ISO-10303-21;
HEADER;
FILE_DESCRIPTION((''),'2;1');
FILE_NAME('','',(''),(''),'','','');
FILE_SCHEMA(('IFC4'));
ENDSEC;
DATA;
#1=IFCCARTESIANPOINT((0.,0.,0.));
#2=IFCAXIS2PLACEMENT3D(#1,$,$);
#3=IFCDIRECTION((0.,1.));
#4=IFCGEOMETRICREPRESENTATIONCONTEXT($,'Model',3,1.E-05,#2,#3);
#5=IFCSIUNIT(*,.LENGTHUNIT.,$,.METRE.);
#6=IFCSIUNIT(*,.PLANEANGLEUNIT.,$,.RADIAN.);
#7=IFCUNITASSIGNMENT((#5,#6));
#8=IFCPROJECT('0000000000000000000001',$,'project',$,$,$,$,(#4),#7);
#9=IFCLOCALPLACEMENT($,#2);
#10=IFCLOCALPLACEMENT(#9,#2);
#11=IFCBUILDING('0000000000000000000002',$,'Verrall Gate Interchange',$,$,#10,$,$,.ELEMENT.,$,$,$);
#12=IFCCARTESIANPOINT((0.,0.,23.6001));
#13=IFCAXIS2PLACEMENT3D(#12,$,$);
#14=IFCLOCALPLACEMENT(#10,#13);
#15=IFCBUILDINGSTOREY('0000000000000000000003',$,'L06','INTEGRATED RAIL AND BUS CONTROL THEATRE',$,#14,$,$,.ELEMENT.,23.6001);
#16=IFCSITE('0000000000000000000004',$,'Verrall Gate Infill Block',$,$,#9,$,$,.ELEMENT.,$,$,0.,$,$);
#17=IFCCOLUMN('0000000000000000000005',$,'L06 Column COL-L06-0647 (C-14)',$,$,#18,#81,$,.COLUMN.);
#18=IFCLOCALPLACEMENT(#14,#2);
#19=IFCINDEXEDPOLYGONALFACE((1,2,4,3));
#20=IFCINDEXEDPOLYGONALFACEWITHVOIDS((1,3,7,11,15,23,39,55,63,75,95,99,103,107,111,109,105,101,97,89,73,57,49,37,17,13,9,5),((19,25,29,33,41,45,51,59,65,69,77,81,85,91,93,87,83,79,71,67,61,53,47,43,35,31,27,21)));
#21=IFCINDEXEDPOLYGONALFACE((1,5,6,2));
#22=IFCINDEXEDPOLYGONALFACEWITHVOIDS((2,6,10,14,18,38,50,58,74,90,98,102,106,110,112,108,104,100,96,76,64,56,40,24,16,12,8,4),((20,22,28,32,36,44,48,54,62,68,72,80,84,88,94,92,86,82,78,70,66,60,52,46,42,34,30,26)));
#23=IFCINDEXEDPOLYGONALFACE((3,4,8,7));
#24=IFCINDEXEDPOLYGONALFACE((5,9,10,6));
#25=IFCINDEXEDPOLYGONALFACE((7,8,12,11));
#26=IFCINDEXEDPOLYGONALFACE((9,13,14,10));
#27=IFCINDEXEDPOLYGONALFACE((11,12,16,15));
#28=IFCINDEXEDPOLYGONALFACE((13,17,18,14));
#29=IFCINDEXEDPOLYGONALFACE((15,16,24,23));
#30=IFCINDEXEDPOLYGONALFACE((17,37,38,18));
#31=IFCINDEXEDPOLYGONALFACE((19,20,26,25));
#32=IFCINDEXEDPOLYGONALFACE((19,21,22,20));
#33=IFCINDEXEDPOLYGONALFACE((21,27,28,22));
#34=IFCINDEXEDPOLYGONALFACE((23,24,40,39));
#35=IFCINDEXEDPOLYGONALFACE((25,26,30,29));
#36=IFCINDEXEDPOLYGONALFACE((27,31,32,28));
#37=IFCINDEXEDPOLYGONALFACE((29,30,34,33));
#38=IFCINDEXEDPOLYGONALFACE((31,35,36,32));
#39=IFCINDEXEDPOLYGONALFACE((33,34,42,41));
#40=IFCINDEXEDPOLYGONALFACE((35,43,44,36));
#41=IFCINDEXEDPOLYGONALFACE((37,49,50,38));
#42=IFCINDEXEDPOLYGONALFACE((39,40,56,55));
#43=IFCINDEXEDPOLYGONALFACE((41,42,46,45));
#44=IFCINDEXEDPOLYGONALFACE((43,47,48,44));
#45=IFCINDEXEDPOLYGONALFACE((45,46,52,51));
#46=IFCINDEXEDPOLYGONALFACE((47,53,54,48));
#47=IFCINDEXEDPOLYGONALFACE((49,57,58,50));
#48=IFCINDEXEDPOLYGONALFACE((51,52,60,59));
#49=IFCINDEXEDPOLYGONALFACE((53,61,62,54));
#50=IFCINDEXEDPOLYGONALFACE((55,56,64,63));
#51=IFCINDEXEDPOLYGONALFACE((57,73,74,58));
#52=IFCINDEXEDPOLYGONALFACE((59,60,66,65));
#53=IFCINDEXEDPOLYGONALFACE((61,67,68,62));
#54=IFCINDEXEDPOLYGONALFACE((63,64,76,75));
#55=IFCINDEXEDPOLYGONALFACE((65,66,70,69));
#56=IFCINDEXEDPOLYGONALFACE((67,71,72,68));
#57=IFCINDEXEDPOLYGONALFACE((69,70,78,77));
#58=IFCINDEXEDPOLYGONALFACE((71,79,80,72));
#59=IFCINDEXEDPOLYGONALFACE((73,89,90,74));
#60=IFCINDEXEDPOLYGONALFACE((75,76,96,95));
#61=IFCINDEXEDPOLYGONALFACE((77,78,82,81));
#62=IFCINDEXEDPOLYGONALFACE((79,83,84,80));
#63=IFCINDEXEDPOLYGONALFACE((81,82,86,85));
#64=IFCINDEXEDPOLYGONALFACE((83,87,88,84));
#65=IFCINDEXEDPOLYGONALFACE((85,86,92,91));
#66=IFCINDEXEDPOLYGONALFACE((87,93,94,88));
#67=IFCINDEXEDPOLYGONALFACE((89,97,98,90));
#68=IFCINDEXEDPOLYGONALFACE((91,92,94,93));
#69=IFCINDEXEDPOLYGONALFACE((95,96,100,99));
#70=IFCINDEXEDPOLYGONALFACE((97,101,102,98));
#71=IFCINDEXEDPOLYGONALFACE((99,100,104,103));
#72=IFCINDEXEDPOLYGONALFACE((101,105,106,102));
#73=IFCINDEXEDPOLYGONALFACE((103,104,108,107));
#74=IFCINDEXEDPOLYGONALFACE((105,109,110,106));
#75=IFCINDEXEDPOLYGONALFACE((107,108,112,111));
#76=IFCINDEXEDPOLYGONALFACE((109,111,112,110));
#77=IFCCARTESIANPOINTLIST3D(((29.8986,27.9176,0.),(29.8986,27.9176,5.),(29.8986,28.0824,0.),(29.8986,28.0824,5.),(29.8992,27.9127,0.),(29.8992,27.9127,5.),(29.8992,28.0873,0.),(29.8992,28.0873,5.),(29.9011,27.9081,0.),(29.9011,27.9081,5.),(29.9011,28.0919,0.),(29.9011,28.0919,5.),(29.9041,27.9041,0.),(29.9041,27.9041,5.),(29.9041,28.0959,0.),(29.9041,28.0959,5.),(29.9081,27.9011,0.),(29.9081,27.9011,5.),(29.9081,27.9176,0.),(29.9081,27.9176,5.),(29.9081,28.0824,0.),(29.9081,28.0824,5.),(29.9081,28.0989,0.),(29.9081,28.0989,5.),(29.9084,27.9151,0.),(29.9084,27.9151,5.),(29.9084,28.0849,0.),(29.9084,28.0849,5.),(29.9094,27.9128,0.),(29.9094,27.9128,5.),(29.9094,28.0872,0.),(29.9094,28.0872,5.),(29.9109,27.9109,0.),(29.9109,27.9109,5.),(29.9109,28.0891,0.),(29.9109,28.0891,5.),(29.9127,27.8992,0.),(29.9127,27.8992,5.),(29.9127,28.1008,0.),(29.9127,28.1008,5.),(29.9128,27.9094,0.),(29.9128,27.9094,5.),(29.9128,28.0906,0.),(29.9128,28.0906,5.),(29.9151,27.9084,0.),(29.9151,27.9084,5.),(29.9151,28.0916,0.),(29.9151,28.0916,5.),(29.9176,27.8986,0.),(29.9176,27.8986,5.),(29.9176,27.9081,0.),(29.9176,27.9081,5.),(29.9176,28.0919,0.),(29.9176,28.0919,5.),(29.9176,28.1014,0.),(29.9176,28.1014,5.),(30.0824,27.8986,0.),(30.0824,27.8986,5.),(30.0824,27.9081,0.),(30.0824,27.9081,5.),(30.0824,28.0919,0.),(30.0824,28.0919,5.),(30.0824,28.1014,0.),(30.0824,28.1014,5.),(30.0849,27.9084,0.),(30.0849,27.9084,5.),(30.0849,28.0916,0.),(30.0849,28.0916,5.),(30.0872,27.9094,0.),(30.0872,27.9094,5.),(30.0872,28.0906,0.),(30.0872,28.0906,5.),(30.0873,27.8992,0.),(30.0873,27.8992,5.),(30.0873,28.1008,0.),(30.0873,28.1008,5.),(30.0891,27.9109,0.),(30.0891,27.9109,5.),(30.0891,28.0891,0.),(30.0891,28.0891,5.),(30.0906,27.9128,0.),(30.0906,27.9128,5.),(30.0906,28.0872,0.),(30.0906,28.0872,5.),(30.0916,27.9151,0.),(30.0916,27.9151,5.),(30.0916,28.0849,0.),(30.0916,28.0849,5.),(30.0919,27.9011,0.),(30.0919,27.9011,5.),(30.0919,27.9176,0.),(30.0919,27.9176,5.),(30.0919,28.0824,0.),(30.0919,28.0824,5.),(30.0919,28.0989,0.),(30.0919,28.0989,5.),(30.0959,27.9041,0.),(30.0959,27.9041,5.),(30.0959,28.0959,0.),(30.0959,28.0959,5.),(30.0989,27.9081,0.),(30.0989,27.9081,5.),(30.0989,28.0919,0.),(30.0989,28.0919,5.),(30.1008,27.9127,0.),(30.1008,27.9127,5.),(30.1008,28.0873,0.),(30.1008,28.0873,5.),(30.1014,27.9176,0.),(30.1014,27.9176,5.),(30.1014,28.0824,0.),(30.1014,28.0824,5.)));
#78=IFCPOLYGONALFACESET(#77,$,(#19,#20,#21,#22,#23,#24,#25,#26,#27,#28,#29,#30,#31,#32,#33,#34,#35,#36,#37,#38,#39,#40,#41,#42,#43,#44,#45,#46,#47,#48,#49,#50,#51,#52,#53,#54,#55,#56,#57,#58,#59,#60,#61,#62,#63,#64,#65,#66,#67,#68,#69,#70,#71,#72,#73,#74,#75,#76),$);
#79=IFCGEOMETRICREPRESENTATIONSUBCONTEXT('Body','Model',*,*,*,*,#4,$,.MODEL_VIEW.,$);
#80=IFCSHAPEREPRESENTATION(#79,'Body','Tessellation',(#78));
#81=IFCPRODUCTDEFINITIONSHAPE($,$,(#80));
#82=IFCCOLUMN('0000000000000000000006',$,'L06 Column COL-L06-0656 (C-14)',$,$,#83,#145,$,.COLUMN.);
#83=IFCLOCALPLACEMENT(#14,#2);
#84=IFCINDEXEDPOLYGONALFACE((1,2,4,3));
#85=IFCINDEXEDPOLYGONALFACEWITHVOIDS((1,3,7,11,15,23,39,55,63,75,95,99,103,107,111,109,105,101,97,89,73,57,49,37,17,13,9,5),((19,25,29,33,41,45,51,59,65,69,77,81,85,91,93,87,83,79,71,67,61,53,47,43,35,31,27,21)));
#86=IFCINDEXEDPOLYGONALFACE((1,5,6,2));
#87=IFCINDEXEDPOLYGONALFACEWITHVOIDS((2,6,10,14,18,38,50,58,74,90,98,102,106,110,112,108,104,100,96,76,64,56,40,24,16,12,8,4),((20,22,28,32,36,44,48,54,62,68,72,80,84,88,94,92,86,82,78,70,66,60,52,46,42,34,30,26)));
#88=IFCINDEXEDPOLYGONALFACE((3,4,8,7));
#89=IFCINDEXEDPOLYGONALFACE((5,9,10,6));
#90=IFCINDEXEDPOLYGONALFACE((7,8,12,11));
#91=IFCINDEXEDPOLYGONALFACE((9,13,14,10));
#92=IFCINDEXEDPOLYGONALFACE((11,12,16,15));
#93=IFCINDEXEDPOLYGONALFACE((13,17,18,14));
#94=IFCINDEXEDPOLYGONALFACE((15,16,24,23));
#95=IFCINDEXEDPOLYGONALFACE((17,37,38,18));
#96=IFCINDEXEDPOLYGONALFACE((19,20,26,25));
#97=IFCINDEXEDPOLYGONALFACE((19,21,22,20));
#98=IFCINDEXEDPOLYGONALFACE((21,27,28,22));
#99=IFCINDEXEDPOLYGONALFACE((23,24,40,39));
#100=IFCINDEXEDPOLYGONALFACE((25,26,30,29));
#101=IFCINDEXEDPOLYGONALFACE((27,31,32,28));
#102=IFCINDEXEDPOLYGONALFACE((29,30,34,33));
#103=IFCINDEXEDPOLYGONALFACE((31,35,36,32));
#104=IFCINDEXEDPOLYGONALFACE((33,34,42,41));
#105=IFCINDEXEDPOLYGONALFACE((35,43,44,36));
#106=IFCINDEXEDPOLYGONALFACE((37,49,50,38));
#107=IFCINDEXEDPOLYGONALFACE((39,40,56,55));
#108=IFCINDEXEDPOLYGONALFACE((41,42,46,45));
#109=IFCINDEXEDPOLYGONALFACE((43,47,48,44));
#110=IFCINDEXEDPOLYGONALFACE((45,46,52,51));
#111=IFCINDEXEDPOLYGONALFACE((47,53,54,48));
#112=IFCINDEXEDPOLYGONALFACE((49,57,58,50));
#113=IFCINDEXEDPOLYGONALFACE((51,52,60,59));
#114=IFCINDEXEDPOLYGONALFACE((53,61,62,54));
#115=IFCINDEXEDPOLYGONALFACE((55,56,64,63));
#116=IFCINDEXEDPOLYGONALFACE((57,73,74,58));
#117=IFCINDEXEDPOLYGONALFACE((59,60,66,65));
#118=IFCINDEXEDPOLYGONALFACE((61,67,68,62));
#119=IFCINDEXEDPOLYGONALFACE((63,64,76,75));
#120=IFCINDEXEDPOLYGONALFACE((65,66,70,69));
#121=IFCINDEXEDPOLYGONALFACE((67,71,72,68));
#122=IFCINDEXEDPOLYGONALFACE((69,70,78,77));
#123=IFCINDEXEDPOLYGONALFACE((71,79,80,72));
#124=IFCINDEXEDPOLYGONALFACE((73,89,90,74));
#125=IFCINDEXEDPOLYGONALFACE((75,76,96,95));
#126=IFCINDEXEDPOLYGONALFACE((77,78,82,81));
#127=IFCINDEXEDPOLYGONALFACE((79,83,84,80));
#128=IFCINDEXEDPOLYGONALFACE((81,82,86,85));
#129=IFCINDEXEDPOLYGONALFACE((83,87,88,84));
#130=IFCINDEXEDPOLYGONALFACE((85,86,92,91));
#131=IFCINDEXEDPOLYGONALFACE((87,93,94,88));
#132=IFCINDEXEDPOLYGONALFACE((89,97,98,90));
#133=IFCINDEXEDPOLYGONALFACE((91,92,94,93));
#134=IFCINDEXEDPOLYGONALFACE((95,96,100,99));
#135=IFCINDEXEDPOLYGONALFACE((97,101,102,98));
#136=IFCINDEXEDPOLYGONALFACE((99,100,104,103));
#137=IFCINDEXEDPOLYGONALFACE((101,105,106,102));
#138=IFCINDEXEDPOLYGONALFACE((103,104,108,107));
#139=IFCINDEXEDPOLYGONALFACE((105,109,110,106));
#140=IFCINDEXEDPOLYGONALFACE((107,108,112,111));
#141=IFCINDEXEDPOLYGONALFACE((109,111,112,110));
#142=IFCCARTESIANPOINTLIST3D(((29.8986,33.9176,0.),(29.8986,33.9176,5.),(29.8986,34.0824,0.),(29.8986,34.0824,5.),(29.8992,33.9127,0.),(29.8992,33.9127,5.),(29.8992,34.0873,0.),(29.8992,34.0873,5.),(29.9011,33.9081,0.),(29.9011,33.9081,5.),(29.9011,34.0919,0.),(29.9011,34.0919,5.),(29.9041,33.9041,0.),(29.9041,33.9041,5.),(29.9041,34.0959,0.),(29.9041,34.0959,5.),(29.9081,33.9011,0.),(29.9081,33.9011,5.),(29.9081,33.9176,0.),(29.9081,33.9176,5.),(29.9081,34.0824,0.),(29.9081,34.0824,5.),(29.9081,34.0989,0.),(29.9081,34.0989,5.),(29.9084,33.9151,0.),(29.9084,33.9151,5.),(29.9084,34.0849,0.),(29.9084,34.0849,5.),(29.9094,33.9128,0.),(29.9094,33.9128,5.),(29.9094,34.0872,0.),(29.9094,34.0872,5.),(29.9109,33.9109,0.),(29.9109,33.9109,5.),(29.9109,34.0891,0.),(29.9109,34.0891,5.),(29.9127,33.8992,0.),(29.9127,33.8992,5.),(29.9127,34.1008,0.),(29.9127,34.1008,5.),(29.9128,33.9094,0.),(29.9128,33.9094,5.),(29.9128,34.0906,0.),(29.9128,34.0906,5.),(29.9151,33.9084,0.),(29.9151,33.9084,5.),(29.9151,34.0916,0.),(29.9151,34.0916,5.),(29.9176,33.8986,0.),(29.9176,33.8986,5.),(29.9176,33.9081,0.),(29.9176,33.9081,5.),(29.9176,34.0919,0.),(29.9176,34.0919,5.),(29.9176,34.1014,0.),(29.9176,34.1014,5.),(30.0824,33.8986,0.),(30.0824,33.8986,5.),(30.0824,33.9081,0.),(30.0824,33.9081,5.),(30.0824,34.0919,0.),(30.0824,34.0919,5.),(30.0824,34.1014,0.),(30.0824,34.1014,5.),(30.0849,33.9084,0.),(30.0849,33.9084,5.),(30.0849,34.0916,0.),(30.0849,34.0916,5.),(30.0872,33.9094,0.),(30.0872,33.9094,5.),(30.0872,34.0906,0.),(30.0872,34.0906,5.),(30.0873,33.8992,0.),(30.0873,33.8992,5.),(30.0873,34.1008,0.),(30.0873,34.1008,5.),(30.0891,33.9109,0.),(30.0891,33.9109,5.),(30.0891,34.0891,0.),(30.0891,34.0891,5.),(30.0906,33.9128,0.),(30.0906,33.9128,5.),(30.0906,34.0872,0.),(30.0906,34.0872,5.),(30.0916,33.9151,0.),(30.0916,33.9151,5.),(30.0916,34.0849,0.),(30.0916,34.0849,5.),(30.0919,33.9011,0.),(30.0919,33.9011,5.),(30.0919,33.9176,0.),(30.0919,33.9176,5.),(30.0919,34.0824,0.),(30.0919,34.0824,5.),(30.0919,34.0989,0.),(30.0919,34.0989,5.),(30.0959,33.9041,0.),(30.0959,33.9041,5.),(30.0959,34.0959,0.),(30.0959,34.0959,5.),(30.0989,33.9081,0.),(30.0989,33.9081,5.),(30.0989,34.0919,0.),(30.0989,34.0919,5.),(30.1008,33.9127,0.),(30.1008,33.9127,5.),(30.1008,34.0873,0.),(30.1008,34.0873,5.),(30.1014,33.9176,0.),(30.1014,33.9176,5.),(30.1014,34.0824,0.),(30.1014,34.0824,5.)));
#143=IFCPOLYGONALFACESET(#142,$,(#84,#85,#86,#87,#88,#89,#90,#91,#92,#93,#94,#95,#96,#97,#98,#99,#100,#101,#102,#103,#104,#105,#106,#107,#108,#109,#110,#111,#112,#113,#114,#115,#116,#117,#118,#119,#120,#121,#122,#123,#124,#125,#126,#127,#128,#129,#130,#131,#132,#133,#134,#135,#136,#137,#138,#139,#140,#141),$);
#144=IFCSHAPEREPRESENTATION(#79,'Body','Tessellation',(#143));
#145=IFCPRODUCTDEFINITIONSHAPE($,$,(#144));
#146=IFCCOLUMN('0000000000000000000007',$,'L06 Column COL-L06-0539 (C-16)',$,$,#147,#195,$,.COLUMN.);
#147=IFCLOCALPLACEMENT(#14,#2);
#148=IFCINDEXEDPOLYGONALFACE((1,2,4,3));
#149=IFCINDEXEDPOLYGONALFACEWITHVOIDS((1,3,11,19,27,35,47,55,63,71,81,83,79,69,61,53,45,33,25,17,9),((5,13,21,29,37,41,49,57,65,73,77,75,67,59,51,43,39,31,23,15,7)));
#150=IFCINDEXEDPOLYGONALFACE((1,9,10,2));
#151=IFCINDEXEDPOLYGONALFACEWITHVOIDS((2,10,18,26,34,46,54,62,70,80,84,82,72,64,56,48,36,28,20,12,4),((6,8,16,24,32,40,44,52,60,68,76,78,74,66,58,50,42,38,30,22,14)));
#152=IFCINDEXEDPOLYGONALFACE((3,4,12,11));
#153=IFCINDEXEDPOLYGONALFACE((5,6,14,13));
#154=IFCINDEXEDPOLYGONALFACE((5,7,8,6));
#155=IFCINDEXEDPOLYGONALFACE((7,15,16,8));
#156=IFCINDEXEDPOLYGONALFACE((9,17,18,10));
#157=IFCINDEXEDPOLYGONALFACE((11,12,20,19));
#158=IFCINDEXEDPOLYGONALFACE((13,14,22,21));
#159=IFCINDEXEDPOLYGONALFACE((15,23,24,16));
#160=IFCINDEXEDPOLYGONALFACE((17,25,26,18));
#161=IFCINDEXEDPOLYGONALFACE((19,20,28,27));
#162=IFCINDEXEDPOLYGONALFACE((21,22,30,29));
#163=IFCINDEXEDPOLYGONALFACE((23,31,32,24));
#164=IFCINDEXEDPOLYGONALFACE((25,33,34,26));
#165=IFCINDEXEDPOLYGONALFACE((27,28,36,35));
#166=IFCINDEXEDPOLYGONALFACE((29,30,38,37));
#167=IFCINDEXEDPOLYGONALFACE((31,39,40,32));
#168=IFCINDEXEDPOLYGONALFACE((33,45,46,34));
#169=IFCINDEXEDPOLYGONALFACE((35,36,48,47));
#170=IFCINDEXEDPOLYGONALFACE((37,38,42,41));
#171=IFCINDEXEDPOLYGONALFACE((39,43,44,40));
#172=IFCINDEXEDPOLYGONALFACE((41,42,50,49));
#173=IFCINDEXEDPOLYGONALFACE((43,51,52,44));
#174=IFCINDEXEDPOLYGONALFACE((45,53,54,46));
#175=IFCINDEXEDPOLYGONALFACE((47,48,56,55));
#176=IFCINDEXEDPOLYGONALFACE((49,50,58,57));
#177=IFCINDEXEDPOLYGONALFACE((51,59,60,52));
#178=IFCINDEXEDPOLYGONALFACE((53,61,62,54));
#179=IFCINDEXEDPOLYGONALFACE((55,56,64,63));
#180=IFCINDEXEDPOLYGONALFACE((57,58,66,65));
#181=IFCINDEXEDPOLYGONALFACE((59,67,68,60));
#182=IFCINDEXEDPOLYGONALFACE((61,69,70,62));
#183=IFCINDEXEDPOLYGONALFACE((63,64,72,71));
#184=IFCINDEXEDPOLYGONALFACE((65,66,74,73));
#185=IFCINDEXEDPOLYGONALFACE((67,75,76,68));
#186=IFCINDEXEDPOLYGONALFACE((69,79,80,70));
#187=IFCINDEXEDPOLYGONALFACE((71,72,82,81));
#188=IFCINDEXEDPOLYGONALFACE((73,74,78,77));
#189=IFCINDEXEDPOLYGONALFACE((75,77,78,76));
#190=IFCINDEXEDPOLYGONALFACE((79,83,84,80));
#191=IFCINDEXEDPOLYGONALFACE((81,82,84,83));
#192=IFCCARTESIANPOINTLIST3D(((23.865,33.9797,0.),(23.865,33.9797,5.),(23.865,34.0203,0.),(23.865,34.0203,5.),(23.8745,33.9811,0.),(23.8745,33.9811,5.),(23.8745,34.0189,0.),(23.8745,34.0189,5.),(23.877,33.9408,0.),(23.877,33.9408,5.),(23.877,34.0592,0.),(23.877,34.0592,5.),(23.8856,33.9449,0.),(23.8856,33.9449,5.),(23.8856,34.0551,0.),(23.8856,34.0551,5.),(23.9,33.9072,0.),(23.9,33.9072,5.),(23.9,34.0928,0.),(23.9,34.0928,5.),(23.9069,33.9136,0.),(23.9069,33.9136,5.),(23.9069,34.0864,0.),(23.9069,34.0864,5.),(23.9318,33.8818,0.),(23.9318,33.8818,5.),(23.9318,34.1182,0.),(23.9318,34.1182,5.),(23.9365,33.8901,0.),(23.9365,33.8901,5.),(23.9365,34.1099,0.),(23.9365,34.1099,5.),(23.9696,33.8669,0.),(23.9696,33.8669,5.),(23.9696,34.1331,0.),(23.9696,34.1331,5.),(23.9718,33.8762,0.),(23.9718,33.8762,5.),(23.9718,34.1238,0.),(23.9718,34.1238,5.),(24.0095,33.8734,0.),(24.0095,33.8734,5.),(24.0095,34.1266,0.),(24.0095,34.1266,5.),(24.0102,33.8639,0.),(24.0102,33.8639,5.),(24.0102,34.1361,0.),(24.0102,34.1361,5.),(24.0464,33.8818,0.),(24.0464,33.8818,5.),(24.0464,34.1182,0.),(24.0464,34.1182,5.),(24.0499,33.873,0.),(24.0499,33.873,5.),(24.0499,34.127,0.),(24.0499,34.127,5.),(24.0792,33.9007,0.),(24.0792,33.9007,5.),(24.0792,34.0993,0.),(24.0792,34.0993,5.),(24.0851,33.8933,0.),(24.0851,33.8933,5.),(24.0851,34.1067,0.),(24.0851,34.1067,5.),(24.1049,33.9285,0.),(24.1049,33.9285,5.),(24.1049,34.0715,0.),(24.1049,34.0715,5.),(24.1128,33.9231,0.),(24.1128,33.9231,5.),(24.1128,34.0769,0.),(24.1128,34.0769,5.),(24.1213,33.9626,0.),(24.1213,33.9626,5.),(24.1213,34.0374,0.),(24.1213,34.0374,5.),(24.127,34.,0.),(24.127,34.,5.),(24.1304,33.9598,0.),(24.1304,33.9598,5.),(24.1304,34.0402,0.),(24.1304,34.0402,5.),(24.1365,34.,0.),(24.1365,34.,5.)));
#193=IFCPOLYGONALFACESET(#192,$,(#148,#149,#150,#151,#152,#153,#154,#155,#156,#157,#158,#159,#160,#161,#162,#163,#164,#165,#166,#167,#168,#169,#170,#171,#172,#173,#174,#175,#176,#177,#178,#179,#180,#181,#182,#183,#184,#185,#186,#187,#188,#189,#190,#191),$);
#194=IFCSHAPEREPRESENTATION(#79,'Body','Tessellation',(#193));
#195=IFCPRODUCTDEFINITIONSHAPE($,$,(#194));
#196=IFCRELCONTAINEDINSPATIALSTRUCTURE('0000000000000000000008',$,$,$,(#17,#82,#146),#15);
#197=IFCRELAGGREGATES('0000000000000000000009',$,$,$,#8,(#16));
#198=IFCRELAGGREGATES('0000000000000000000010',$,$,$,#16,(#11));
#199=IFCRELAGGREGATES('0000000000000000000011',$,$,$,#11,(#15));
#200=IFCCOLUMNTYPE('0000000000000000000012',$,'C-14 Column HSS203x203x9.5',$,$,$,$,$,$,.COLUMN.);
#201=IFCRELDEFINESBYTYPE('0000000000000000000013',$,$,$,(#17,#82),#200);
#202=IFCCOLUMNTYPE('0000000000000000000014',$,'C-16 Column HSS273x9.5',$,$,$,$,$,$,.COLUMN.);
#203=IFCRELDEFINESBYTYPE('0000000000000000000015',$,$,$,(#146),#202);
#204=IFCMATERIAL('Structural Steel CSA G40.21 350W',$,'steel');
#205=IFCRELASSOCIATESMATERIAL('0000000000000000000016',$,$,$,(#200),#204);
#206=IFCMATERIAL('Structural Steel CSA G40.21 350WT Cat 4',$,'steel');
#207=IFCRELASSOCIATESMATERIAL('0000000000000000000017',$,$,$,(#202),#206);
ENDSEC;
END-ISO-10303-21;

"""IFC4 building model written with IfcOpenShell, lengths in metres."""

from ifc_helpers import new_model, si_unit, direction, frame, origin, origin_2d, place, context, subcontext, project, spatial, hollow_rectangle, hollow_circle, extrude, material, material_profile, profile_set, type_object, element, save


model = new_model("IFC4")

# Units and contexts
model_context = context("Model", 3, precision=1e-05, world=origin(), true_north=direction((0.0, 1.0)))
body_context = subcontext(model_context, "Body", "Model", "MODEL_VIEW")
ifc_project = project(units=[si_unit("LENGTHUNIT", "METRE"), si_unit("PLANEANGLEUNIT", "RADIAN")], contexts=[model_context])

# Site, building, storey
site_placement = place(None, origin())
site = spatial("IfcSite", under=ifc_project, at=site_placement, Name="Verrall Gate Infill Block", CompositionType="ELEMENT", RefElevation=0.0)
building_placement = place(site_placement, origin())
building = spatial("IfcBuilding", under=site, at=building_placement, Name="Verrall Gate Interchange", CompositionType="ELEMENT")
storey_placement = place(building_placement, frame((0.0, 0.0, 23.6001)))
storey = spatial("IfcBuildingStorey", under=building, at=storey_placement, Name="L06", Description="INTEGRATED RAIL AND BUS CONTROL THEATRE", CompositionType="ELEMENT", Elevation=23.6001)

# Columns
ifc_material_1 = material(Name="Structural Steel CSA G40.21 350W", Category="steel")
ifc_material_profile_1 = material_profile(ifc_material_1, hollow_rectangle(XDim=0.2029, YDim=0.2029, WallThickness=0.0095, InnerFilletRadius=0.0095, OuterFilletRadius=0.019, at=origin_2d()), Name="HSS203x203x9.5")
ifc_profile_set_1 = profile_set([ifc_material_profile_1], Name="Structural Steel CSA G40.21 350W")
column_type_1 = type_object("IfcColumnType", Name="C-14 Column HSS203x203x9.5", PredefinedType="COLUMN", material=ifc_profile_set_1)
for number, where, z_axis, x_axis, name in (
    (1, (30.0, 28.0, 0.0), (0.0, 0.0, 1.0), (1.0, 0.0, 0.0), "L06 Column COL-L06-0647 (C-14)"),
    (2, (30.0, 34.0, 0.0), (0.0, 0.0, 1.0), (1.0, 0.0, 0.0), "L06 Column COL-L06-0656 (C-14)"),
):
    element("IfcColumn", number, at=place(storey_placement, frame(where, z_axis=z_axis, x_axis=x_axis)), inside=storey, type_object=column_type_1, Name=name, PredefinedType="COLUMN", context=body_context, shape_type="SweptSolid", body=[
        extrude(hollow_rectangle(XDim=0.2029, YDim=0.2029, WallThickness=0.0095, InnerFilletRadius=0.0095, OuterFilletRadius=0.019, at=origin_2d()), origin(), (0.0, 0.0, 1.0), 5.0),
    ])
ifc_material_2 = material(Name="Structural Steel CSA G40.21 350WT Cat 4", Category="steel")
ifc_material_profile_2 = material_profile(ifc_material_2, hollow_circle(Radius=0.1365, WallThickness=0.0095, at=origin_2d()), Name="HSS273x9.5")
ifc_profile_set_2 = profile_set([ifc_material_profile_2], Name="Structural Steel CSA G40.21 350WT Cat 4")
column_type_2 = type_object("IfcColumnType", Name="C-16 Column HSS273x9.5", PredefinedType="COLUMN", material=ifc_profile_set_2)
for number, where, z_axis, x_axis, name in (
    (3, (24.0, 34.0, 0.0), (0.0, 0.0, 1.0), (1.0, 0.0, 0.0), "L06 Column COL-L06-0539 (C-16)"),
):
    element("IfcColumn", number, at=place(storey_placement, frame(where, z_axis=z_axis, x_axis=x_axis)), inside=storey, type_object=column_type_2, Name=name, PredefinedType="COLUMN", context=body_context, shape_type="SweptSolid", body=[
        extrude(hollow_circle(Radius=0.1365, WallThickness=0.0095, at=origin_2d()), origin(), (0.0, 0.0, 1.0), 5.0),
    ])

save(model, "model.ifc")
